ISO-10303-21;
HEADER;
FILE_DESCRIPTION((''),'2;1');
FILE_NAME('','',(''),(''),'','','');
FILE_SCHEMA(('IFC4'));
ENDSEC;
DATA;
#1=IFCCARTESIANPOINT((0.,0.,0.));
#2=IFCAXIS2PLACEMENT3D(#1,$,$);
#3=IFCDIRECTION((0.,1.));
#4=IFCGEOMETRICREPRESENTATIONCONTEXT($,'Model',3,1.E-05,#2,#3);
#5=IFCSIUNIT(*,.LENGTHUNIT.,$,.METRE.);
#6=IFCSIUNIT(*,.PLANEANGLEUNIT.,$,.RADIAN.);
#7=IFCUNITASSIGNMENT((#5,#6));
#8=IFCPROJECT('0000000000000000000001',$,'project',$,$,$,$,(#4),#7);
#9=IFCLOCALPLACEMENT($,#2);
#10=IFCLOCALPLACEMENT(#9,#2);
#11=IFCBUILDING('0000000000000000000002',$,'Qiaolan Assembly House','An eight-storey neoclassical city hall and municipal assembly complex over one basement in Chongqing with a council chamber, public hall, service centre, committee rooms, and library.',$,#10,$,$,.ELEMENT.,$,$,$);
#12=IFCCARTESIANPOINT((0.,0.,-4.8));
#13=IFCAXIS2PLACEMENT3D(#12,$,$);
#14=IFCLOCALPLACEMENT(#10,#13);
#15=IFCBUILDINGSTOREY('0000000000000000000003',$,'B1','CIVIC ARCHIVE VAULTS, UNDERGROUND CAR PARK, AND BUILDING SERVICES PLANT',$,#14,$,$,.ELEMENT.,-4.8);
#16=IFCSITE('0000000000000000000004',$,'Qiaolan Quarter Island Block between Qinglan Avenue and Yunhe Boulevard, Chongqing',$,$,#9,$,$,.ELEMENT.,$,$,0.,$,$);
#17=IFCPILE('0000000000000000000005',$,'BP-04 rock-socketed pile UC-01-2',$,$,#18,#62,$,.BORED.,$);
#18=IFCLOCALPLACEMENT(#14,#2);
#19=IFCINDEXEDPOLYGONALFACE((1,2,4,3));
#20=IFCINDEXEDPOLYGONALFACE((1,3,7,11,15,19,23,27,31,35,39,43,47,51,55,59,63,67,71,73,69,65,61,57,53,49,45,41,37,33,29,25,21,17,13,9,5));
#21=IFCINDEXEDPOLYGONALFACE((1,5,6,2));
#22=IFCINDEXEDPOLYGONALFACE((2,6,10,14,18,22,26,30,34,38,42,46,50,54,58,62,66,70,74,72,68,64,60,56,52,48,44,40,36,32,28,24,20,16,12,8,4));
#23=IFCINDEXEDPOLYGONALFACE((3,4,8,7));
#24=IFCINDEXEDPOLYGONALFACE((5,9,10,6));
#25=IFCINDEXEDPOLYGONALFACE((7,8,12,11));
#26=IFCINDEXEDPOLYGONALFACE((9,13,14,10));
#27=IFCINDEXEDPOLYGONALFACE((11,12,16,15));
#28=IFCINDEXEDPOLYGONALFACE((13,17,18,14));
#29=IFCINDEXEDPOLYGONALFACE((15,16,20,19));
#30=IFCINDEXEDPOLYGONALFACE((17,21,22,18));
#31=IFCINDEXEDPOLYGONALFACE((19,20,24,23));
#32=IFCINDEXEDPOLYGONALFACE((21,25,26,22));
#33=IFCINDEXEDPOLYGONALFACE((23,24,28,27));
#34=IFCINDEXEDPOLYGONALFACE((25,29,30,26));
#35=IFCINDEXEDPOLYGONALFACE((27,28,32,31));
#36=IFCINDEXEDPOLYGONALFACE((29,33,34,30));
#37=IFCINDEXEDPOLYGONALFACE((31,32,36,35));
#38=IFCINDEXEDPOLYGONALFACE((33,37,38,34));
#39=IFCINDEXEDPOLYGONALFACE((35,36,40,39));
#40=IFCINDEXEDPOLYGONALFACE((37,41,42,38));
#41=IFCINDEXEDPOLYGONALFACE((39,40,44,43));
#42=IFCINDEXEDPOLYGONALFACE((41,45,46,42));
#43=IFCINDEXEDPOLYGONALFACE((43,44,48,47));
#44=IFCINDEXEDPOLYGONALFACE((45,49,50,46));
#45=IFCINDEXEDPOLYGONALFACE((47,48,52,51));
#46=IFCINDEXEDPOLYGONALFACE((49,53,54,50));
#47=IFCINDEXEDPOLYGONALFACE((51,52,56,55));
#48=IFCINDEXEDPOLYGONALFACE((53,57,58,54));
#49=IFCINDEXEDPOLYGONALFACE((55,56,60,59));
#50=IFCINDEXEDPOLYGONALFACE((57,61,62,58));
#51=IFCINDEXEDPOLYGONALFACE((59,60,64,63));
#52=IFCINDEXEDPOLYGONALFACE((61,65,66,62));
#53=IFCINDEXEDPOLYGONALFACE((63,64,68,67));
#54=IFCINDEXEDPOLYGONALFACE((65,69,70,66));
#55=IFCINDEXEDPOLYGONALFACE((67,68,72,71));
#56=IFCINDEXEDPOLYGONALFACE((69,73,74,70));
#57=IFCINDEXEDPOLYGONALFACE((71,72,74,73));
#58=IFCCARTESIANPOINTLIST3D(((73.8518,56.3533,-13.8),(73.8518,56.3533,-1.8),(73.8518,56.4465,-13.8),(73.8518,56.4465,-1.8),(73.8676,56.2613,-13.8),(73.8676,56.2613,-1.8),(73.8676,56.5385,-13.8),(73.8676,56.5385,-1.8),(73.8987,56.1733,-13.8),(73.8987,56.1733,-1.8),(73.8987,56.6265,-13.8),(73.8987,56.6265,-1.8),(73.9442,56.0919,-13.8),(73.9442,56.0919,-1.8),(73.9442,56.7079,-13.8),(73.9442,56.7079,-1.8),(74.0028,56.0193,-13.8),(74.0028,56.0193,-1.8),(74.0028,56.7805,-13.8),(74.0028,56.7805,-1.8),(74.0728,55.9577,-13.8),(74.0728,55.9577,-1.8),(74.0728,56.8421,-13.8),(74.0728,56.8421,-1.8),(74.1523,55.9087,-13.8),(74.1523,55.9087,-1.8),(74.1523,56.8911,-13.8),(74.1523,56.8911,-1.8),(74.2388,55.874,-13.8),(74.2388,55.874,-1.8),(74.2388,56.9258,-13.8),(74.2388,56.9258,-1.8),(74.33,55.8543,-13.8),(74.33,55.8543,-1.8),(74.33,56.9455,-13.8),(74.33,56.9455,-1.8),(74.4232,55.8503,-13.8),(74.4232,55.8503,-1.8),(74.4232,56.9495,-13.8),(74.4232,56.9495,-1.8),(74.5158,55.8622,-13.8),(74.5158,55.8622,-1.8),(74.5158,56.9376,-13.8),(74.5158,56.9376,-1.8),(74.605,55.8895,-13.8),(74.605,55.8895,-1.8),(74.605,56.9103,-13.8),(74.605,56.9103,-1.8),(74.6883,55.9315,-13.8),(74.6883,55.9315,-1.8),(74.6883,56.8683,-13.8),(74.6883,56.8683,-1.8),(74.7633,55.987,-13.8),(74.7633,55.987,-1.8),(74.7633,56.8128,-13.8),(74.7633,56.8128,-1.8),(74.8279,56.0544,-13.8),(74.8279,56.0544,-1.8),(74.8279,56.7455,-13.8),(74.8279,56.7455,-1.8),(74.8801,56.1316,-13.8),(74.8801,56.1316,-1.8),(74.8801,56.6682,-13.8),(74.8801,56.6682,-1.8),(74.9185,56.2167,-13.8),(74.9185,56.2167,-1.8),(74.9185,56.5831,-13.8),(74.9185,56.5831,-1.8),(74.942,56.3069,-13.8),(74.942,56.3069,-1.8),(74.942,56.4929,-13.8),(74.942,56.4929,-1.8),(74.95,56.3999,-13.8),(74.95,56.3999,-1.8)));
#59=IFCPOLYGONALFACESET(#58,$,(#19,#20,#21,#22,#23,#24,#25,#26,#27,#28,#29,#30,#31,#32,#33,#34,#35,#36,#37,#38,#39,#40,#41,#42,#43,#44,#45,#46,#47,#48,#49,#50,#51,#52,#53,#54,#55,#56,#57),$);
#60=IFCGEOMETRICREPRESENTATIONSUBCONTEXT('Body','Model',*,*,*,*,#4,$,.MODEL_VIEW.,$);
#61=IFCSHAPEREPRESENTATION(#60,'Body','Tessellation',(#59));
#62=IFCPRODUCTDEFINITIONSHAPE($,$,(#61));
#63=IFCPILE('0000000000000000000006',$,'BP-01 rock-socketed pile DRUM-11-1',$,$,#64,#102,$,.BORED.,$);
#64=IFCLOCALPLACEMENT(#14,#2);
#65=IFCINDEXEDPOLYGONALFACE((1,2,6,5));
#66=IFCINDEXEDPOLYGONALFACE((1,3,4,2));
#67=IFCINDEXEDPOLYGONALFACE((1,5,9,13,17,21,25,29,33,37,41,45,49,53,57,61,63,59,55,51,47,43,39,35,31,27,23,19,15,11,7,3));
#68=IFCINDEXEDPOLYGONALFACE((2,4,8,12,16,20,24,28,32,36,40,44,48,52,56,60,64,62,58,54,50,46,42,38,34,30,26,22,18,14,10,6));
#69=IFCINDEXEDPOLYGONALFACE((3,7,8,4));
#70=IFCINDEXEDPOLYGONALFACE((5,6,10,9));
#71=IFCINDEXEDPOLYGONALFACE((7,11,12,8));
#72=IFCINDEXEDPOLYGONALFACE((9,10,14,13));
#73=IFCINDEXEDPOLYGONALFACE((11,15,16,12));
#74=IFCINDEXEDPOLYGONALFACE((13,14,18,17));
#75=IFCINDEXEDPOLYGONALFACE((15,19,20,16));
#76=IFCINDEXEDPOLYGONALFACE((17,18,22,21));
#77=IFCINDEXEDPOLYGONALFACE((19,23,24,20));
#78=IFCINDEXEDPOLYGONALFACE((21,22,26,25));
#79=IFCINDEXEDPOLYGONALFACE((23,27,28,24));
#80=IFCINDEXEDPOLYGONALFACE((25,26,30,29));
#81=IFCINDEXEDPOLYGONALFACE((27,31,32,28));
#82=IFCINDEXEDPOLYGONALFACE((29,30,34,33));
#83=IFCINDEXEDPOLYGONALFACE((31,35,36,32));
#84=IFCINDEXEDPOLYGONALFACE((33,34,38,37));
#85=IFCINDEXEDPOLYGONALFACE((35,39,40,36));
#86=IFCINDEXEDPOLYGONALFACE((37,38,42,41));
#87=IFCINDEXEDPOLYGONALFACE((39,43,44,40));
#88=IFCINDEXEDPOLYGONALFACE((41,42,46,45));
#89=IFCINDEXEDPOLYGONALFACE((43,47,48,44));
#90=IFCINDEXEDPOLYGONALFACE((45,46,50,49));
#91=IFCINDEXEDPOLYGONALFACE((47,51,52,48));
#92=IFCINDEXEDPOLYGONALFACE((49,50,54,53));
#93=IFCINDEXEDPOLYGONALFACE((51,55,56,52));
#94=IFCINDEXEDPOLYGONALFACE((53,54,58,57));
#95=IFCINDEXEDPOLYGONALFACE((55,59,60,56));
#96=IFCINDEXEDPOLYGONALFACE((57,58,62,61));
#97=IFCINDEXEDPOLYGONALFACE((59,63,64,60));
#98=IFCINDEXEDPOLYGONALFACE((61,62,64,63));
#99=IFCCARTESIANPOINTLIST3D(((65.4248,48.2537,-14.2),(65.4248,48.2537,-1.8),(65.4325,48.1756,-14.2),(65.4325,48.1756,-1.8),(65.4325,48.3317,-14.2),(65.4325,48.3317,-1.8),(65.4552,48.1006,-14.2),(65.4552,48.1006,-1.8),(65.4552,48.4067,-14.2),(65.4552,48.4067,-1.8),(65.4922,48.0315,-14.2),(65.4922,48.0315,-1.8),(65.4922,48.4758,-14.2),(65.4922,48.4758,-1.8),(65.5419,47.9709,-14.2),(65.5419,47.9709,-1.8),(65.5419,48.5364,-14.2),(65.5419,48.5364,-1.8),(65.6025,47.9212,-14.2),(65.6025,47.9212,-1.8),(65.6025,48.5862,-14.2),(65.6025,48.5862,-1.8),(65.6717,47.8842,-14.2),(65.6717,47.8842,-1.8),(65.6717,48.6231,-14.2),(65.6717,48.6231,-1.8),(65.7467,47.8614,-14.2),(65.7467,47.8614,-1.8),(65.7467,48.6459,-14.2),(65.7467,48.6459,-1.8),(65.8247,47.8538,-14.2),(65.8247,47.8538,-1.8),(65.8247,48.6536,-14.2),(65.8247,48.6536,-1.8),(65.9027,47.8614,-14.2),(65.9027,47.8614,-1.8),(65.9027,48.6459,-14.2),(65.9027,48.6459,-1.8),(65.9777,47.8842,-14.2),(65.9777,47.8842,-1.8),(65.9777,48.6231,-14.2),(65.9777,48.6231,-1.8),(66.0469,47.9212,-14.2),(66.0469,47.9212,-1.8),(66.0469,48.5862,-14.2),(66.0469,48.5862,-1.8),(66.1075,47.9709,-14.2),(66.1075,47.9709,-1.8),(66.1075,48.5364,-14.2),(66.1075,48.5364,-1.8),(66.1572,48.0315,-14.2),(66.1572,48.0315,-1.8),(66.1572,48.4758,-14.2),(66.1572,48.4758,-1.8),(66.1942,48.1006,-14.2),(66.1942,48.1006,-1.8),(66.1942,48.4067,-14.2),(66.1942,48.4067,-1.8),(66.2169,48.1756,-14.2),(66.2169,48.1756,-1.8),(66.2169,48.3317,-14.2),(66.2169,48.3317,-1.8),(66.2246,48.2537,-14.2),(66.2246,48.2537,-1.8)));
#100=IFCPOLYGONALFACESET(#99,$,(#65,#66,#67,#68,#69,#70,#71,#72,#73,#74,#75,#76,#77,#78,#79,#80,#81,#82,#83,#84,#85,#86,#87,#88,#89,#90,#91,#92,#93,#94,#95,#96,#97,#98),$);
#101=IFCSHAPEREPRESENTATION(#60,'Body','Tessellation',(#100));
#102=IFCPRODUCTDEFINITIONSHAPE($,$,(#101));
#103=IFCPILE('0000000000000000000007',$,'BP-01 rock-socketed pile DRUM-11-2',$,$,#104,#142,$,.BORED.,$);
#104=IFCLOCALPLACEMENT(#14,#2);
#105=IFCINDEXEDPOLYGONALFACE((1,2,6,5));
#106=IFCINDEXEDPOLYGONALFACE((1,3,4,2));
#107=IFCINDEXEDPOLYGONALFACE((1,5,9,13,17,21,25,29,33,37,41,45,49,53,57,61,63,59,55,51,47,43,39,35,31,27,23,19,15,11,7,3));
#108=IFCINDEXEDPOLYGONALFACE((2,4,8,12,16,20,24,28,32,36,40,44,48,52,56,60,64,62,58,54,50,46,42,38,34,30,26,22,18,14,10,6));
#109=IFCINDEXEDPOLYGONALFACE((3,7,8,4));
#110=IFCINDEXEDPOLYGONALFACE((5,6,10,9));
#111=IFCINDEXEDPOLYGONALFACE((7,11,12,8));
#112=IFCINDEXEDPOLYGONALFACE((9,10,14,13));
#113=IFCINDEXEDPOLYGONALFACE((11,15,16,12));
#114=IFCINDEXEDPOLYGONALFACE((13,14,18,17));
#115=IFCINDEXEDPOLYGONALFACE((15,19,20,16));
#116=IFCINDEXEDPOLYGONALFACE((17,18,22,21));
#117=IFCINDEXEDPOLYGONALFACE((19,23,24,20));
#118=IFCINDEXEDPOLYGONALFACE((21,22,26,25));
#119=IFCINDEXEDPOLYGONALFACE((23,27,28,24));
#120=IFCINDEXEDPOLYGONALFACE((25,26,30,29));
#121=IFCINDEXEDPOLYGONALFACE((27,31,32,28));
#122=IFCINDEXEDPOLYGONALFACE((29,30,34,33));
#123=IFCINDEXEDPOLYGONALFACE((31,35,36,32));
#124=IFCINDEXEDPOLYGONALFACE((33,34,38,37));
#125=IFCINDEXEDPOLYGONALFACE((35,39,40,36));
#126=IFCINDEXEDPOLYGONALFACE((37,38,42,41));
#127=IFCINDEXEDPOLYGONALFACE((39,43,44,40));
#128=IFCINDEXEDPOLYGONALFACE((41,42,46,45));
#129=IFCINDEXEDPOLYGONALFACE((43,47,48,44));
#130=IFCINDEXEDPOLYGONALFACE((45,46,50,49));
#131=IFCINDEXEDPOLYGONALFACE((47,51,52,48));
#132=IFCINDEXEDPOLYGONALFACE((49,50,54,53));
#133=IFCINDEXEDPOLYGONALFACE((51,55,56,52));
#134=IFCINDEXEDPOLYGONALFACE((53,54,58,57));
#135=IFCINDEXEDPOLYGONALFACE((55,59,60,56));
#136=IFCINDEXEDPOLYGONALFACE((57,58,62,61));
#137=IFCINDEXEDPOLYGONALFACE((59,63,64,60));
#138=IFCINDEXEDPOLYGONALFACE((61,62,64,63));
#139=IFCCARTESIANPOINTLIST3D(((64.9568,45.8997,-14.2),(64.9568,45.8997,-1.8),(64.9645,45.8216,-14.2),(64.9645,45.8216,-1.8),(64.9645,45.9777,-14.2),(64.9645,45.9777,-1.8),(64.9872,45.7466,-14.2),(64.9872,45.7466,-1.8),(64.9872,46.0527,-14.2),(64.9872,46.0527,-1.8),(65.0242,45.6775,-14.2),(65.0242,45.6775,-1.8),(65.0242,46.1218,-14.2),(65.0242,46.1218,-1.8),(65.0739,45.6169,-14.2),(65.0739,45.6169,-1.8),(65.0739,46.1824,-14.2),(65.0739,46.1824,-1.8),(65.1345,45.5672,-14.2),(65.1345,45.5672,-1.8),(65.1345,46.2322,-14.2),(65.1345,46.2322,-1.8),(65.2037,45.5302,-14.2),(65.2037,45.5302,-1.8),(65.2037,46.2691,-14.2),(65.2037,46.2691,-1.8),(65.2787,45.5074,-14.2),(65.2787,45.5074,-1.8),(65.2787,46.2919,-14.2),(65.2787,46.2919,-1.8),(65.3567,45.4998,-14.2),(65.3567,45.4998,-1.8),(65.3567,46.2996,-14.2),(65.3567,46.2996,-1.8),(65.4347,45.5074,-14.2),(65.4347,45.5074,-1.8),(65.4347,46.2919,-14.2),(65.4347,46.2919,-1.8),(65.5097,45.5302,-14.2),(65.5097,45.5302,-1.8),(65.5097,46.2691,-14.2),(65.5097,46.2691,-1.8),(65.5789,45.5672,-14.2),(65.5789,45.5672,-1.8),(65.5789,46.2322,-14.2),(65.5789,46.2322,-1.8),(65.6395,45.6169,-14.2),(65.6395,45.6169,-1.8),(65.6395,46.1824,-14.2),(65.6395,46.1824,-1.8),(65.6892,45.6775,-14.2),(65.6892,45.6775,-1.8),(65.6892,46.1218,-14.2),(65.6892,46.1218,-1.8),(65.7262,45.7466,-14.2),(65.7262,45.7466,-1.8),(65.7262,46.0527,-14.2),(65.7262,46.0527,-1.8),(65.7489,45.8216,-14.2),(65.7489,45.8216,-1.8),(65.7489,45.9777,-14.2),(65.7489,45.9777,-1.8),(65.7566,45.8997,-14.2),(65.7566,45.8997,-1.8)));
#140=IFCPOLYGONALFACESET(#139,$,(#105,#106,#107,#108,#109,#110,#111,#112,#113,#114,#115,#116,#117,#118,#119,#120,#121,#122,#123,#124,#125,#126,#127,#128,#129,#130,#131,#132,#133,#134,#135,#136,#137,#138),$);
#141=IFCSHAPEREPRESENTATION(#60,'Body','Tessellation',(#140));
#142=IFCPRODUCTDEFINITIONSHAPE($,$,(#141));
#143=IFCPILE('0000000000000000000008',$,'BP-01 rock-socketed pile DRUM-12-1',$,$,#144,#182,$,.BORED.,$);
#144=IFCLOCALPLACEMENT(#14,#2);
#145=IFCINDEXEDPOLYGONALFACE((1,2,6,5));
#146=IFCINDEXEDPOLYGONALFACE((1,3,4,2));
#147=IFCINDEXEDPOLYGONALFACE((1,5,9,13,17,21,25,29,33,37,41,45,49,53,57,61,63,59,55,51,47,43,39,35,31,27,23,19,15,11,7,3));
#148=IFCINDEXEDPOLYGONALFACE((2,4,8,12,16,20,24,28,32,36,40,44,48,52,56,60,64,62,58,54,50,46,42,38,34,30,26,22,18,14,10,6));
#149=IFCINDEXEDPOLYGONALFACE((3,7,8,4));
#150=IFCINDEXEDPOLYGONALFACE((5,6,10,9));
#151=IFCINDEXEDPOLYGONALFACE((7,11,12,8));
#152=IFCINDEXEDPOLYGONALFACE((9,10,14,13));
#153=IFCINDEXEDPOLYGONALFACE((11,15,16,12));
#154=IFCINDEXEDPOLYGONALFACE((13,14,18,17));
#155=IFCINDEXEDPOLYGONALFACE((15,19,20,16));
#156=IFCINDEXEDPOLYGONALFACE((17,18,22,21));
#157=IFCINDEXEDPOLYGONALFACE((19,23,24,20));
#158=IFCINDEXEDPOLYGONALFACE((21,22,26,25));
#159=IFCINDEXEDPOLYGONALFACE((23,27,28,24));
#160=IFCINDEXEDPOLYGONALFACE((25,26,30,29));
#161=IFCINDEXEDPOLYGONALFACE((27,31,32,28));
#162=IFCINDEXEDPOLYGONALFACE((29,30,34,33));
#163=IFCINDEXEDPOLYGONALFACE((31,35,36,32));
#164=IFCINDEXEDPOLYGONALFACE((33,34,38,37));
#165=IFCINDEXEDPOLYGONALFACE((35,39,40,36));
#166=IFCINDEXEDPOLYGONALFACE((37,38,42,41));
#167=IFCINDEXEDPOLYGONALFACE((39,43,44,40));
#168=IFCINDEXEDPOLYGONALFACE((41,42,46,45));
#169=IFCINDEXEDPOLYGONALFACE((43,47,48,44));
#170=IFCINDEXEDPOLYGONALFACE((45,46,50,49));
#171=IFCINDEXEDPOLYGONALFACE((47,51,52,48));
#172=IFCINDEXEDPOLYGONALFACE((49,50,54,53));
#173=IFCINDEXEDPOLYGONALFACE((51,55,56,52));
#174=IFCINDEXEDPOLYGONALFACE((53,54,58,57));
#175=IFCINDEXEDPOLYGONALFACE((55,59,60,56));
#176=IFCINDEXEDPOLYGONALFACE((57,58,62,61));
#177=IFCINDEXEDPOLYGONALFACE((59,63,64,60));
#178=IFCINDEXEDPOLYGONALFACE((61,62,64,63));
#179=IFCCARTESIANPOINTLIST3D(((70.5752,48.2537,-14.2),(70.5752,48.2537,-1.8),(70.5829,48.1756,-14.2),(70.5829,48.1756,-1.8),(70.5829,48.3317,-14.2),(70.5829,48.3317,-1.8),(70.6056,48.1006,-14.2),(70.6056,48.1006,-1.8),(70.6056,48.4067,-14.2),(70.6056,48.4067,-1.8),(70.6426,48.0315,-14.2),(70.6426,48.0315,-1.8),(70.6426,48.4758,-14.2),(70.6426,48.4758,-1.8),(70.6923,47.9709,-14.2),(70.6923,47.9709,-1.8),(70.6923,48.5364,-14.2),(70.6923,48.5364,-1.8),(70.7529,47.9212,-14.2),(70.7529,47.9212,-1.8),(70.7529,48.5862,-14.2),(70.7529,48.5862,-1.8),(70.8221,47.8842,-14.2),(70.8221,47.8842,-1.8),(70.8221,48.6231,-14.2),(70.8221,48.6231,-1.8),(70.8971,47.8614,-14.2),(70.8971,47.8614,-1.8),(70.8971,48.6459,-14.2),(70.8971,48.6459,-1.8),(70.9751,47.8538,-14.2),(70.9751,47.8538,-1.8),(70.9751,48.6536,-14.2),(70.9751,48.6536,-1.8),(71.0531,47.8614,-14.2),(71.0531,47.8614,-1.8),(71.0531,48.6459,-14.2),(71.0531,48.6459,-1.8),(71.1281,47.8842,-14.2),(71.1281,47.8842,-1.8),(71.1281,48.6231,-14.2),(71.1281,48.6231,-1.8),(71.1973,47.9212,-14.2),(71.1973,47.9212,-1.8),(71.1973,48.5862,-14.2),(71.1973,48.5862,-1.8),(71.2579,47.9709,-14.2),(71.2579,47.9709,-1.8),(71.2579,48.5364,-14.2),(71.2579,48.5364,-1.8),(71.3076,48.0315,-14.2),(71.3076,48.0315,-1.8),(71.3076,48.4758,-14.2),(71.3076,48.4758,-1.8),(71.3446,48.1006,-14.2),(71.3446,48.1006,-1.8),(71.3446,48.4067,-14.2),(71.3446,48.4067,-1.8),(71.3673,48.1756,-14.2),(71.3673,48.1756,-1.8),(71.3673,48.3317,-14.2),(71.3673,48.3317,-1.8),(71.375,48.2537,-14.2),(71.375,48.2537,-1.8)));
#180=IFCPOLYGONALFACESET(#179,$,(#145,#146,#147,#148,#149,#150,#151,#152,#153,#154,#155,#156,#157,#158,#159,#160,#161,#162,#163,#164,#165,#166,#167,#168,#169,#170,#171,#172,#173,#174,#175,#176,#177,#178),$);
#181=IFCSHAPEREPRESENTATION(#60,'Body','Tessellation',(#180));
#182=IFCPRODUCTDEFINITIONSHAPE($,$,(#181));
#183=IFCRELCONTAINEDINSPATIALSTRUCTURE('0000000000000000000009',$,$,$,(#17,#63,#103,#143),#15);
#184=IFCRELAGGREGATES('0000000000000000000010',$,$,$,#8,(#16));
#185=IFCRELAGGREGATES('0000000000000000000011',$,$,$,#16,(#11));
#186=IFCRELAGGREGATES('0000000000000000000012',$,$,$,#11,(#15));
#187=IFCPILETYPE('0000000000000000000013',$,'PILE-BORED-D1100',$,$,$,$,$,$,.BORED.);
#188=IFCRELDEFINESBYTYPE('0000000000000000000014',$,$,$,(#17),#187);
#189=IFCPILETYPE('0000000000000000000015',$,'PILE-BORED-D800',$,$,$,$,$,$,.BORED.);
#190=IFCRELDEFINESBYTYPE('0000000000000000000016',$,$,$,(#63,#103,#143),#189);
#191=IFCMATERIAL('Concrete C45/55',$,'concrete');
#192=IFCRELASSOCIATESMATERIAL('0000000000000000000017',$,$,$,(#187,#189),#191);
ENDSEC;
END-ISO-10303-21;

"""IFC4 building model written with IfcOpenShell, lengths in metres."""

from ifc_helpers import new_model, si_unit, direction, frame, origin, origin_2d, place, context, subcontext, project, spatial, circle, extrude, material, material_profile, profile_set, type_object, element, save


model = new_model("IFC4")

# Units and contexts
model_context = context("Model", 3, precision=1e-05, world=origin(), true_north=direction((0.0, 1.0)))
body_context = subcontext(model_context, "Body", "Model", "MODEL_VIEW")
ifc_project = project(units=[si_unit("LENGTHUNIT", "METRE"), si_unit("PLANEANGLEUNIT", "RADIAN")], contexts=[model_context])

# Site, building, storey
site_placement = place(None, origin())
site = spatial("IfcSite", under=ifc_project, at=site_placement, Name="Qiaolan Quarter Island Block between Qinglan Avenue and Yunhe Boulevard, Chongqing", CompositionType="ELEMENT", RefElevation=0.0)
building_placement = place(site_placement, origin())
building = spatial("IfcBuilding", under=site, at=building_placement, Name="Qiaolan Assembly House", Description="An eight-storey neoclassical city hall and municipal assembly complex over one basement in Chongqing with a council chamber, public hall, service centre, committee rooms, and library.", CompositionType="ELEMENT")
storey_placement = place(building_placement, frame((0.0, 0.0, -4.8)))
storey = spatial("IfcBuildingStorey", under=building, at=storey_placement, Name="B1", Description="CIVIC ARCHIVE VAULTS, UNDERGROUND CAR PARK, AND BUILDING SERVICES PLANT", CompositionType="ELEMENT", Elevation=-4.8)

# Piles
ifc_material_1 = material(Name="Concrete C45/55", Category="concrete")
ifc_material_profile_1 = material_profile(ifc_material_1, circle(Radius=0.55, at=origin_2d()), Name="PILE D1100")
ifc_profile_set_1 = profile_set([ifc_material_profile_1], Name="Concrete C45/55")
pile_type_1 = type_object("IfcPileType", Name="PILE-BORED-D1100", PredefinedType="BORED", material=ifc_profile_set_1)
for number, where, z_axis, x_axis, name in (
    (1, (74.3999, 56.3999, -1.8), (0.0, 0.0, -1.0), (1.0, 0.0, 0.0), "BP-04 rock-socketed pile UC-01-2"),
):
    element("IfcPile", number, at=place(storey_placement, frame(where, z_axis=z_axis, x_axis=x_axis)), inside=storey, type_object=pile_type_1, Name=name, PredefinedType="BORED", context=body_context, shape_type="SweptSolid", body=[
        extrude(circle(Radius=0.55, at=origin_2d()), origin(), (0.0, 0.0, 1.0), 12.0),
    ])
ifc_material_profile_2 = material_profile(ifc_material_1, circle(Radius=0.3999, at=origin_2d()), Name="PILE D800")
ifc_profile_set_2 = profile_set([ifc_material_profile_2], Name="Concrete C45/55")
pile_type_2 = type_object("IfcPileType", Name="PILE-BORED-D800", PredefinedType="BORED", material=ifc_profile_set_2)
for number, where, z_axis, x_axis, name in (
    (2, (65.8247, 48.2537, -1.8), (0.0, 0.0, -1.0), (1.0, 0.0, 0.0), "BP-01 rock-socketed pile DRUM-11-1"),
    (3, (65.3567, 45.8997, -1.8), (0.0, 0.0, -1.0), (1.0, 0.0, 0.0), "BP-01 rock-socketed pile DRUM-11-2"),
    (4, (70.9751, 48.2537, -1.8), (0.0, 0.0, -1.0), (1.0, 0.0, 0.0), "BP-01 rock-socketed pile DRUM-12-1"),
):
    element("IfcPile", number, at=place(storey_placement, frame(where, z_axis=z_axis, x_axis=x_axis)), inside=storey, type_object=pile_type_2, Name=name, PredefinedType="BORED", context=body_context, shape_type="SweptSolid", body=[
        extrude(circle(Radius=0.3999, at=origin_2d()), origin(), (0.0, 0.0, 1.0), 12.3999),
    ])

save(model, "model.ifc")
